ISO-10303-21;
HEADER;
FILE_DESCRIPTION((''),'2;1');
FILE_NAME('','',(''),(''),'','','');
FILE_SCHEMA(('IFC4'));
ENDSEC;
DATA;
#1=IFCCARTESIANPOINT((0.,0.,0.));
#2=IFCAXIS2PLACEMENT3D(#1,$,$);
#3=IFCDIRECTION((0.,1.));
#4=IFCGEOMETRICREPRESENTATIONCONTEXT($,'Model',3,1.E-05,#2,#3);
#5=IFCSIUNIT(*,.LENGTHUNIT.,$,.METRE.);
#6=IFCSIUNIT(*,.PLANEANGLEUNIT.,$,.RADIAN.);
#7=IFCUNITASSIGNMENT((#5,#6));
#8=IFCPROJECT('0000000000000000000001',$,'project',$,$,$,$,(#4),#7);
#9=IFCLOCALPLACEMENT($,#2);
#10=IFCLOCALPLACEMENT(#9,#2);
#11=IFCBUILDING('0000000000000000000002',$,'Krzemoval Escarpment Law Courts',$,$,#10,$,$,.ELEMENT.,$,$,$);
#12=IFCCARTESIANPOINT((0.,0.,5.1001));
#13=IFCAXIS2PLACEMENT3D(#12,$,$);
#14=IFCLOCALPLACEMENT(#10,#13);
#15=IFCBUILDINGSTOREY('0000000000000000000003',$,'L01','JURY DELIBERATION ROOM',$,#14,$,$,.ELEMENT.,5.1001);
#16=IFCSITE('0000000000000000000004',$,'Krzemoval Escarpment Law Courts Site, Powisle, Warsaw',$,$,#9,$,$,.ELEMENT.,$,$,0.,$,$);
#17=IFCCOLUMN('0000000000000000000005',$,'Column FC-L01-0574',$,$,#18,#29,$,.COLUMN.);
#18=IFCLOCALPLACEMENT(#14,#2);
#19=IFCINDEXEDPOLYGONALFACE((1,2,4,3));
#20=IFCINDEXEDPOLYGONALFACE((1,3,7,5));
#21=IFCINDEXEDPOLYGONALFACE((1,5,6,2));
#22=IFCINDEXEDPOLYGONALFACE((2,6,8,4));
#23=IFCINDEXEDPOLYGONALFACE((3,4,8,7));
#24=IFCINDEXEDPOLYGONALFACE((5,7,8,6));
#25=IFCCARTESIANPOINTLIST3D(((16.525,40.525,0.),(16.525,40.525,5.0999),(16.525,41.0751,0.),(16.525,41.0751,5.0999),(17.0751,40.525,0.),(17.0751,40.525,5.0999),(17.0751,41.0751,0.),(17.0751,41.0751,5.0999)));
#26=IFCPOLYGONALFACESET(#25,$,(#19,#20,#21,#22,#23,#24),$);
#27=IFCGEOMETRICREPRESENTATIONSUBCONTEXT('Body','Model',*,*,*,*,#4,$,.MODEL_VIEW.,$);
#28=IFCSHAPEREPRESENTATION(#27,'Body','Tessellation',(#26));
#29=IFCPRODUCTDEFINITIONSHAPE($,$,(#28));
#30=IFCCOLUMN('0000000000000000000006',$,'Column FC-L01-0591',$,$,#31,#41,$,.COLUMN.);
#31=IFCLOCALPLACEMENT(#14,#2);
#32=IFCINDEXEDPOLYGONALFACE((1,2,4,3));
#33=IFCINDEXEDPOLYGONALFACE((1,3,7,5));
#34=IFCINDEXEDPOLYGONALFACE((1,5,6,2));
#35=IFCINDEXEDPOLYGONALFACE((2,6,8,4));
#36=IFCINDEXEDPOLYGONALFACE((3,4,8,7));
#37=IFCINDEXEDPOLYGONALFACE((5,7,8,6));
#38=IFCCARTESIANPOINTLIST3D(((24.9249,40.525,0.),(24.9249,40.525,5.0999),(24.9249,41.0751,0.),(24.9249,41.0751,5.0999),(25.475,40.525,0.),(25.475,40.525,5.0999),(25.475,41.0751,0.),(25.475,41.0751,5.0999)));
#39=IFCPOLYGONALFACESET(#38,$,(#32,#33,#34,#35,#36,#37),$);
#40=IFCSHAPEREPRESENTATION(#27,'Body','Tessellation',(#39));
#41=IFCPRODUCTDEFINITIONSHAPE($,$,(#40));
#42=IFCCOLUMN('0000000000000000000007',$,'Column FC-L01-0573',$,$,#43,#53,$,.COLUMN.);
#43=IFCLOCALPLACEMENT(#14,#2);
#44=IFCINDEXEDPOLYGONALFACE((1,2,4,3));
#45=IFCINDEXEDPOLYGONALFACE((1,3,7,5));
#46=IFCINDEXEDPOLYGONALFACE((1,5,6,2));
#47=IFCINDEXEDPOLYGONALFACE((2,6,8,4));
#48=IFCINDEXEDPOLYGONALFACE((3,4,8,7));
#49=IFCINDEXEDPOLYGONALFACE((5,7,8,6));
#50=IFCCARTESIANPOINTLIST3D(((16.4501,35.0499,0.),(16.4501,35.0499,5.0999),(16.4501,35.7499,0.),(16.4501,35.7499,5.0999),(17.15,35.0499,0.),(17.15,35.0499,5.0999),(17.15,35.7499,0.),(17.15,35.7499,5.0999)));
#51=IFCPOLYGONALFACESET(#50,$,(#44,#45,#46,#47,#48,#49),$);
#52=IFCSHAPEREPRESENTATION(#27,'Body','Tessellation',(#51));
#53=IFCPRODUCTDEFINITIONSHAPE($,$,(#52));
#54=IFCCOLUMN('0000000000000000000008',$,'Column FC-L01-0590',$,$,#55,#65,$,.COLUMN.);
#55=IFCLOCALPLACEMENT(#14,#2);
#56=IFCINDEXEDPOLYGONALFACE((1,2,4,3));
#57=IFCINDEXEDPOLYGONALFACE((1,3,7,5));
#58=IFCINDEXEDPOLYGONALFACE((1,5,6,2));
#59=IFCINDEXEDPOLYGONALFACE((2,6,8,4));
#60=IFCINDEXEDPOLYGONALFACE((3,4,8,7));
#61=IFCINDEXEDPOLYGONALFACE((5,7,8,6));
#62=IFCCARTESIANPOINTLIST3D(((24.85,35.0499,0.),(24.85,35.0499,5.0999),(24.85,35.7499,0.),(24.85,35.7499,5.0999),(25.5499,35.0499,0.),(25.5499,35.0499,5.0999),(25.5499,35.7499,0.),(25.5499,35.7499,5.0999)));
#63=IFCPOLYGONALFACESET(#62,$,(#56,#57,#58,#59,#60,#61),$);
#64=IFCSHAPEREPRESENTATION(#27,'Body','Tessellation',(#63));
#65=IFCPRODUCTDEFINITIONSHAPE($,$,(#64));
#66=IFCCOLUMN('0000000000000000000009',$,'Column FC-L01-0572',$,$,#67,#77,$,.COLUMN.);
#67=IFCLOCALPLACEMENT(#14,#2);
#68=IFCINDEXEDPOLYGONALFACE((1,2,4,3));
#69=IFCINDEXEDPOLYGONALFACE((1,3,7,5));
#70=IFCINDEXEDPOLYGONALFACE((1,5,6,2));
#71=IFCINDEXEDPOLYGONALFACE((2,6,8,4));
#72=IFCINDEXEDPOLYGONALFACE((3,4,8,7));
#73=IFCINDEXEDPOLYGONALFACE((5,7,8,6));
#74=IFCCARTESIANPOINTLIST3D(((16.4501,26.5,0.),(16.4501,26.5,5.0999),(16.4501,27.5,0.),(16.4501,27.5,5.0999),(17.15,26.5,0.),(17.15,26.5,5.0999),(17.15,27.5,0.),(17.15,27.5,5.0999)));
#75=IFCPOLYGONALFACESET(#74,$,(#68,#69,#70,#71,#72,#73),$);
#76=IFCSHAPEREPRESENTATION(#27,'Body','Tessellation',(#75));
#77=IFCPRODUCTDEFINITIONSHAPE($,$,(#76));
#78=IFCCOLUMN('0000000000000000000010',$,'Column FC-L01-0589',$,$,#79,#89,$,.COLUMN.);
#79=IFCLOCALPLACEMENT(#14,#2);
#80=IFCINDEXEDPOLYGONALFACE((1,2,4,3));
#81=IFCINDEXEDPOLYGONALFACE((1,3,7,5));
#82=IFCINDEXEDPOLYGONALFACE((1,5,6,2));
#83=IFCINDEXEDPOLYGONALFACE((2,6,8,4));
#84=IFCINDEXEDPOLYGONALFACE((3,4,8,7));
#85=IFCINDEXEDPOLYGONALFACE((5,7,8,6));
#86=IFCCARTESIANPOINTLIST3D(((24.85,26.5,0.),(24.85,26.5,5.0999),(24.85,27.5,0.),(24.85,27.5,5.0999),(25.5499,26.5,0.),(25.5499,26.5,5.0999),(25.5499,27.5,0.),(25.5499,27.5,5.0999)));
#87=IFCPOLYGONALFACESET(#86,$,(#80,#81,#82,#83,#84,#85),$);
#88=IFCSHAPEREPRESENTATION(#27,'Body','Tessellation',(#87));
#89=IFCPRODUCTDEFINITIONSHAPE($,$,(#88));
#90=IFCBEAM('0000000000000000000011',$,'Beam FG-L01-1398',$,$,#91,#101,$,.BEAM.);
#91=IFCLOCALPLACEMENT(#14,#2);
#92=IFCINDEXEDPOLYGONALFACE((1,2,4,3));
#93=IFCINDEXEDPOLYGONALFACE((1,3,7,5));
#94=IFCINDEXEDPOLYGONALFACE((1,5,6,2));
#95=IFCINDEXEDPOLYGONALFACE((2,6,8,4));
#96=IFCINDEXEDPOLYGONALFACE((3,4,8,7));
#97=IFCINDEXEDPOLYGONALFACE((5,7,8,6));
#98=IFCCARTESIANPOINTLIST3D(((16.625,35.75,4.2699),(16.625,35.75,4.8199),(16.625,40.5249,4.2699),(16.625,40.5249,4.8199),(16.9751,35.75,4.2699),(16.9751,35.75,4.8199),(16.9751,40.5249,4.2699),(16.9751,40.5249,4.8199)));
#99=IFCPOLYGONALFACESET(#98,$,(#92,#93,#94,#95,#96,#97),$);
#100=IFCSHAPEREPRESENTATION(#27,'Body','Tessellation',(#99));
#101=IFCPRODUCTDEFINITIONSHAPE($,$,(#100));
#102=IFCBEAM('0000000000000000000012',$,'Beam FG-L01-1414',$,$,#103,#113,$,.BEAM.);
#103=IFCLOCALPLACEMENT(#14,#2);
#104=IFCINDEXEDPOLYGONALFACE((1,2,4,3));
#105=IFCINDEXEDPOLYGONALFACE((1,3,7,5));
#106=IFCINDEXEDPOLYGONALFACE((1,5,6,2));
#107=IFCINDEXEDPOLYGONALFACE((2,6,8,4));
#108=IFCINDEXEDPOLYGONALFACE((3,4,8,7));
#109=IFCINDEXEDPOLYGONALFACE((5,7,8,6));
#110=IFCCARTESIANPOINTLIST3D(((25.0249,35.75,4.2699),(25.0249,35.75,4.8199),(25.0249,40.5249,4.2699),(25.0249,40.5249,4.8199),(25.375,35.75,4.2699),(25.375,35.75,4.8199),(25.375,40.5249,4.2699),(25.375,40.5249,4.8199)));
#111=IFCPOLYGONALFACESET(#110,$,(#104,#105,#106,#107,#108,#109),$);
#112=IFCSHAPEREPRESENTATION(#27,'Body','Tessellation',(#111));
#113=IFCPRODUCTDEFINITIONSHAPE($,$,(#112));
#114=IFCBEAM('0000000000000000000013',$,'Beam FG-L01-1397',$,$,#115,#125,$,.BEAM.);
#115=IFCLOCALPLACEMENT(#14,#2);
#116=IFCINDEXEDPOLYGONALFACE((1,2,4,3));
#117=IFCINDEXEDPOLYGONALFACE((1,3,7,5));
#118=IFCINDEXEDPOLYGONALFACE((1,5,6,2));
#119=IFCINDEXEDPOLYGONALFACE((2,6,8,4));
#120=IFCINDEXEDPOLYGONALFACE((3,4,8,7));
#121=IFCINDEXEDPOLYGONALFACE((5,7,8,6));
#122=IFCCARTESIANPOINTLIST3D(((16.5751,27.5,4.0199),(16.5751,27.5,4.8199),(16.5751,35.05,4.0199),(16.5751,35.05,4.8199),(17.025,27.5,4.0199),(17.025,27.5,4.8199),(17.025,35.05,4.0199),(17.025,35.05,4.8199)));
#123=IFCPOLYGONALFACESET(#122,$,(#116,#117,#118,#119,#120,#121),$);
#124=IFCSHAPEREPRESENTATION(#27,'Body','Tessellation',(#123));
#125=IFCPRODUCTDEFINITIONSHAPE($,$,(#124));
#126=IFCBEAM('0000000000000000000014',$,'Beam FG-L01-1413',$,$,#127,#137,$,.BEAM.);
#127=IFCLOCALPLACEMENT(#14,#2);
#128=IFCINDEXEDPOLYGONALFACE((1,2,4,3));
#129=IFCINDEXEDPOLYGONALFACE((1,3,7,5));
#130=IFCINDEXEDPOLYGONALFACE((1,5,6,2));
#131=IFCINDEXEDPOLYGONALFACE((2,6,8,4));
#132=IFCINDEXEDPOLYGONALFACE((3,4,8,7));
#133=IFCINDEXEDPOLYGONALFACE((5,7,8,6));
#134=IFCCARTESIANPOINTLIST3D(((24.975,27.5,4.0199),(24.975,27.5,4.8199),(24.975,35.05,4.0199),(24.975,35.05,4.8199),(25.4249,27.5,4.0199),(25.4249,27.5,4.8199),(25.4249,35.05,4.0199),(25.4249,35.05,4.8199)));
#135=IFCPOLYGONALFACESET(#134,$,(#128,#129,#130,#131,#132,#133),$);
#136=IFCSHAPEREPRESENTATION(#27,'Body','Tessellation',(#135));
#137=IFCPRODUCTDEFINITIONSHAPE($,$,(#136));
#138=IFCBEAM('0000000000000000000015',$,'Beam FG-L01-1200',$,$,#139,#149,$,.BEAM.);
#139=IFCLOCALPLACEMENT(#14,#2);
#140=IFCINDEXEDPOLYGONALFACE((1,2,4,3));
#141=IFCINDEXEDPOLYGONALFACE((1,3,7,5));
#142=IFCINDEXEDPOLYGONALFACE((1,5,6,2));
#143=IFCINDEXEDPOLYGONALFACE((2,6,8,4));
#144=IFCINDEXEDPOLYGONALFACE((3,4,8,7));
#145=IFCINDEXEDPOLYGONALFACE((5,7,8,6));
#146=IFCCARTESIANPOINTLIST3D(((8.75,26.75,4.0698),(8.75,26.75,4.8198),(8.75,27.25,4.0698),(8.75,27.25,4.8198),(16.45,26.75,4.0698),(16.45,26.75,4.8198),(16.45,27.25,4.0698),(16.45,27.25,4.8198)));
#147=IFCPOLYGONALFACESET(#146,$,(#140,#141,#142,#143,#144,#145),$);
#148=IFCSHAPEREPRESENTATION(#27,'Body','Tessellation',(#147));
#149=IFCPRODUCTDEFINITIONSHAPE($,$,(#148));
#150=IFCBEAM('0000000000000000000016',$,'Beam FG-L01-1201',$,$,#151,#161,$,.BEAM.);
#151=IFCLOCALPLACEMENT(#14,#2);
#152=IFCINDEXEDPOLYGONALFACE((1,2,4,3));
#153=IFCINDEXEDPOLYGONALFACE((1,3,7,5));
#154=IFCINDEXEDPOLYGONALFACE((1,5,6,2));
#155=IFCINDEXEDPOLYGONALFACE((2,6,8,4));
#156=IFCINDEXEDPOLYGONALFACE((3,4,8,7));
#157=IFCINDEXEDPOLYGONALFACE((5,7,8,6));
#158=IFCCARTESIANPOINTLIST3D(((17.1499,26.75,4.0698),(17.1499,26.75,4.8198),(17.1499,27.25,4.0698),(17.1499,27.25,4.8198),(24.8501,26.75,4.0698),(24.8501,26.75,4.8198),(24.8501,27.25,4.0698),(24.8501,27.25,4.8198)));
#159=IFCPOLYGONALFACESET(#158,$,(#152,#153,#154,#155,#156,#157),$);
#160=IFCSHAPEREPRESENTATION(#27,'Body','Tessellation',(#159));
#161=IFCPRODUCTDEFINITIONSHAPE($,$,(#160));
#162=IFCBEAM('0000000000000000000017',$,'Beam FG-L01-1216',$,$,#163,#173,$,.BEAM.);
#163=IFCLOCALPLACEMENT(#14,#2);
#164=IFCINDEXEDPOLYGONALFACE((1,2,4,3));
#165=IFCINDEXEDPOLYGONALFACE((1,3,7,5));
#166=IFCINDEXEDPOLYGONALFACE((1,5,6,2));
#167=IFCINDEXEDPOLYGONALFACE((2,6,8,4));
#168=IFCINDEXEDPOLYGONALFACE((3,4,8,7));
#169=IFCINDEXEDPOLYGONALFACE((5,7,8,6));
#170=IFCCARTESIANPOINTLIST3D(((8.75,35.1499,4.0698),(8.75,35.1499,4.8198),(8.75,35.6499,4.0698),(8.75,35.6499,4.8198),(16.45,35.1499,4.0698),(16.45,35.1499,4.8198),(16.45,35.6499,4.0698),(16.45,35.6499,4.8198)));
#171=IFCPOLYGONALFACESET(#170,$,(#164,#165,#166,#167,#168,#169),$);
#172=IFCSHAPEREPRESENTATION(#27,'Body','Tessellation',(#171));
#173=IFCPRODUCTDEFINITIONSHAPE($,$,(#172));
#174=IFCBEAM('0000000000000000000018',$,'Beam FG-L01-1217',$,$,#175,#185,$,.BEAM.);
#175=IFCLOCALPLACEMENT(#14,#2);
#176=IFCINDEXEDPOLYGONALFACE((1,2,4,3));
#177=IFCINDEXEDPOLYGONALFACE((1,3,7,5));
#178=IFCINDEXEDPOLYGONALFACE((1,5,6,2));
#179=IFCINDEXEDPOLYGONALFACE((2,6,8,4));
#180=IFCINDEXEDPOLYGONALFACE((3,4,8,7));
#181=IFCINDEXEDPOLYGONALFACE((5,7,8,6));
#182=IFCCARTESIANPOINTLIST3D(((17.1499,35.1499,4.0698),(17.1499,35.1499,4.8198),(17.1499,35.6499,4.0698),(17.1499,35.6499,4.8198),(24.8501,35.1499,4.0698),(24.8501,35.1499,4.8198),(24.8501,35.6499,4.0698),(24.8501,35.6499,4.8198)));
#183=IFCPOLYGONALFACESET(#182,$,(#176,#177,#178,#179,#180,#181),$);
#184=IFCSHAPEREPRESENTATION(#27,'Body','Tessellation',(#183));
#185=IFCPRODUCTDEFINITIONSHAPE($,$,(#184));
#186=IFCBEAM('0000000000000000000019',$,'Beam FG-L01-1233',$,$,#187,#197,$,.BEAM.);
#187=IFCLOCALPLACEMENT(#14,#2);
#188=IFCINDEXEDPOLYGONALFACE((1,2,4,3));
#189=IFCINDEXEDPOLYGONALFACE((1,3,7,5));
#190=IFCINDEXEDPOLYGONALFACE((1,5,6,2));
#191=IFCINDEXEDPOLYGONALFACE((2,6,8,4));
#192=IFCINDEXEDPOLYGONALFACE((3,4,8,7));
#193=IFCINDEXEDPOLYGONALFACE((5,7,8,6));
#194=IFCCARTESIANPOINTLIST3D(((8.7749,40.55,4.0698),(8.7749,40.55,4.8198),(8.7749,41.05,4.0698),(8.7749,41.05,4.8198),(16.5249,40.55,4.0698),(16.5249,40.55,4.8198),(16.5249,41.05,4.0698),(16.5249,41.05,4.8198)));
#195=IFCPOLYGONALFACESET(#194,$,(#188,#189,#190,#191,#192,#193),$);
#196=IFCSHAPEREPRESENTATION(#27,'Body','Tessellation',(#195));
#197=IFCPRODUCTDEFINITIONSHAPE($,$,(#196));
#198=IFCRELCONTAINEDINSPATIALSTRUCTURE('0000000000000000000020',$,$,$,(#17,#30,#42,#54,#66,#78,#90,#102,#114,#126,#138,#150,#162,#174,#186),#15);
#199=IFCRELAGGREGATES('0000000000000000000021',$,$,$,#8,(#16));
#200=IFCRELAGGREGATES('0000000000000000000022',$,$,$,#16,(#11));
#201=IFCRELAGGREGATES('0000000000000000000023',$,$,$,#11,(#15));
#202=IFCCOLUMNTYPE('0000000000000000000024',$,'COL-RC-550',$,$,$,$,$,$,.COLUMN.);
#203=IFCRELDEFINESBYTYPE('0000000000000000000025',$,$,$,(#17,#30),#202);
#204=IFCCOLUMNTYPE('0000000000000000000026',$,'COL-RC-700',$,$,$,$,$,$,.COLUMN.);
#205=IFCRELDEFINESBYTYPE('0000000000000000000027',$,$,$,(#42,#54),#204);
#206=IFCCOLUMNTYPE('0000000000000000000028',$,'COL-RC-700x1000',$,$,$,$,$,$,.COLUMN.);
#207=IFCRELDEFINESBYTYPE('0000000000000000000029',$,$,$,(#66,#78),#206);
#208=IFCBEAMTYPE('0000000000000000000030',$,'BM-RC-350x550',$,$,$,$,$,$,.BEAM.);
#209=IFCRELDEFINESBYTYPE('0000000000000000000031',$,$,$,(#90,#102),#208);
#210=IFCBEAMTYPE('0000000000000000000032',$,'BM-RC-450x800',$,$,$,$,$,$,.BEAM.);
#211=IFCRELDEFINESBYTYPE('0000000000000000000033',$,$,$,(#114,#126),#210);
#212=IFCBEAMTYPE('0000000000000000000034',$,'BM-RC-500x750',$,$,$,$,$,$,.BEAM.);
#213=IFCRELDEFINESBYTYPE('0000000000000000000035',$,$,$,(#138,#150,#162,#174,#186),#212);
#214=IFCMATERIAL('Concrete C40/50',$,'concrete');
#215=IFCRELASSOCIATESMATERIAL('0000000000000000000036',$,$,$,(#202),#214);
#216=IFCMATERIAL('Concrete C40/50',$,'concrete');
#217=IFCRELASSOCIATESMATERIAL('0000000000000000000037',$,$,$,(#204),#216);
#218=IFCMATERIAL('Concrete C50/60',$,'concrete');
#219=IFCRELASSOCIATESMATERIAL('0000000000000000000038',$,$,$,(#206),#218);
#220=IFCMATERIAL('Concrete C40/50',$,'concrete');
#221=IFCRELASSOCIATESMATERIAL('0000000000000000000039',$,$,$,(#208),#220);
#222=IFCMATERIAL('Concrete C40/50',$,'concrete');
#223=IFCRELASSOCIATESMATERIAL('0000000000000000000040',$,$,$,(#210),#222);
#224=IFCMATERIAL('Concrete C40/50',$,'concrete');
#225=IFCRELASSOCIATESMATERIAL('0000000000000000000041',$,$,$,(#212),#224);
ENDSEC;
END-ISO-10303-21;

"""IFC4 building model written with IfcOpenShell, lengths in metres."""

from ifc_helpers import new_model, si_unit, direction, frame, origin, origin_2d, place, context, subcontext, project, spatial, rectangle, extrude, material, material_profile, profile_set, type_object, element, save


model = new_model("IFC4")

# Units and contexts
model_context = context("Model", 3, precision=1e-05, world=origin(), true_north=direction((0.0, 1.0)))
body_context = subcontext(model_context, "Body", "Model", "MODEL_VIEW")
ifc_project = project(units=[si_unit("LENGTHUNIT", "METRE"), si_unit("PLANEANGLEUNIT", "RADIAN")], contexts=[model_context])

# Site, building, storey
site_placement = place(None, origin())
site = spatial("IfcSite", under=ifc_project, at=site_placement, Name="Krzemoval Escarpment Law Courts Site, Powisle, Warsaw", CompositionType="ELEMENT", RefElevation=0.0)
building_placement = place(site_placement, origin())
building = spatial("IfcBuilding", under=site, at=building_placement, Name="Krzemoval Escarpment Law Courts", CompositionType="ELEMENT")
storey_placement = place(building_placement, frame((0.0, 0.0, 5.1001)))
storey = spatial("IfcBuildingStorey", under=building, at=storey_placement, Name="L01", Description="JURY DELIBERATION ROOM", CompositionType="ELEMENT", Elevation=5.1001)

# Columns
ifc_material_1 = material(Name="Concrete C40/50", Category="concrete")
ifc_material_profile_1 = material_profile(ifc_material_1, rectangle(XDim=0.55, YDim=0.55, at=origin_2d()), Name="RC 550x550")
ifc_profile_set_1 = profile_set([ifc_material_profile_1], Name="Concrete C40/50")
column_type_1 = type_object("IfcColumnType", Name="COL-RC-550", PredefinedType="COLUMN", material=ifc_profile_set_1)
for number, where, z_axis, x_axis, name in (
    (1, (16.8, 40.8, 0.0), (0.0, 0.0, 1.0), (1.0, 0.0, 0.0), "Column FC-L01-0574"),
    (2, (25.2, 40.8, 0.0), (0.0, 0.0, 1.0), (1.0, 0.0, 0.0), "Column FC-L01-0591"),
):
    element("IfcColumn", number, at=place(storey_placement, frame(where, z_axis=z_axis, x_axis=x_axis)), inside=storey, type_object=column_type_1, Name=name, PredefinedType="COLUMN", context=body_context, shape_type="SweptSolid", body=[
        extrude(rectangle(XDim=0.55, YDim=0.55, at=origin_2d()), origin(), (0.0, 0.0, 1.0), 5.0999),
    ])
ifc_material_2 = material(Name="Concrete C40/50", Category="concrete")
ifc_material_profile_2 = material_profile(ifc_material_2, rectangle(XDim=0.7, YDim=0.7, at=origin_2d()), Name="RC 700x700")
ifc_profile_set_2 = profile_set([ifc_material_profile_2], Name="Concrete C40/50")
column_type_2 = type_object("IfcColumnType", Name="COL-RC-700", PredefinedType="COLUMN", material=ifc_profile_set_2)
for number, where, z_axis, x_axis, name in (
    (3, (16.8, 35.3999, 0.0), (0.0, 0.0, 1.0), (1.0, 0.0, 0.0), "Column FC-L01-0573"),
    (4, (25.2, 35.3999, 0.0), (0.0, 0.0, 1.0), (1.0, 0.0, 0.0), "Column FC-L01-0590"),
):
    element("IfcColumn", number, at=place(storey_placement, frame(where, z_axis=z_axis, x_axis=x_axis)), inside=storey, type_object=column_type_2, Name=name, PredefinedType="COLUMN", context=body_context, shape_type="SweptSolid", body=[
        extrude(rectangle(XDim=0.7, YDim=0.7, at=origin_2d()), origin(), (0.0, 0.0, 1.0), 5.0999),
    ])
ifc_material_3 = material(Name="Concrete C50/60", Category="concrete")
ifc_material_profile_3 = material_profile(ifc_material_3, rectangle(XDim=0.7, YDim=1.0, at=origin_2d()), Name="RC 700x1000")
ifc_profile_set_3 = profile_set([ifc_material_profile_3], Name="Concrete C50/60")
column_type_3 = type_object("IfcColumnType", Name="COL-RC-700x1000", PredefinedType="COLUMN", material=ifc_profile_set_3)
for number, where, z_axis, x_axis, name in (
    (5, (16.8, 27.0, 0.0), (0.0, 0.0, 1.0), (1.0, 0.0, 0.0), "Column FC-L01-0572"),
    (6, (25.2, 27.0, 0.0), (0.0, 0.0, 1.0), (1.0, 0.0, 0.0), "Column FC-L01-0589"),
):
    element("IfcColumn", number, at=place(storey_placement, frame(where, z_axis=z_axis, x_axis=x_axis)), inside=storey, type_object=column_type_3, Name=name, PredefinedType="COLUMN", context=body_context, shape_type="SweptSolid", body=[
        extrude(rectangle(XDim=0.7, YDim=1.0, at=origin_2d()), origin(), (0.0, 0.0, 1.0), 5.0999),
    ])

# Beams
ifc_material_4 = material(Name="Concrete C40/50", Category="concrete")
ifc_material_profile_4 = material_profile(ifc_material_4, rectangle(XDim=0.3501, YDim=0.55, at=origin_2d()), Name="RCB 350x550")
ifc_profile_set_4 = profile_set([ifc_material_profile_4], Name="Concrete C40/50")
beam_type_1 = type_object("IfcBeamType", Name="BM-RC-350x550", PredefinedType="BEAM", material=ifc_profile_set_4)
for number, where, z_axis, x_axis, name in (
    (7, (16.8, 35.75, 4.5449), (0.0, 1.0, 0.0), (-1.0, 0.0, 0.0), "Beam FG-L01-1398"),
    (8, (25.2, 35.75, 4.5449), (0.0, 1.0, 0.0), (-1.0, 0.0, 0.0), "Beam FG-L01-1414"),
):
    element("IfcBeam", number, at=place(storey_placement, frame(where, z_axis=z_axis, x_axis=x_axis)), inside=storey, type_object=beam_type_1, Name=name, PredefinedType="BEAM", context=body_context, shape_type="SweptSolid", body=[
        extrude(rectangle(XDim=0.3501, YDim=0.55, at=origin_2d()), origin(), (0.0, 0.0, 1.0), 4.7749),
    ])
ifc_material_5 = material(Name="Concrete C40/50", Category="concrete")
ifc_material_profile_5 = material_profile(ifc_material_5, rectangle(XDim=0.45, YDim=0.8, at=origin_2d()), Name="RCB 450x800")
ifc_profile_set_5 = profile_set([ifc_material_profile_5], Name="Concrete C40/50")
beam_type_2 = type_object("IfcBeamType", Name="BM-RC-450x800", PredefinedType="BEAM", material=ifc_profile_set_5)
for number, where, z_axis, x_axis, name in (
    (9, (16.8, 27.5, 4.4199), (0.0, 1.0, 0.0), (-1.0, 0.0, 0.0), "Beam FG-L01-1397"),
    (10, (25.2, 27.5, 4.4199), (0.0, 1.0, 0.0), (-1.0, 0.0, 0.0), "Beam FG-L01-1413"),
):
    element("IfcBeam", number, at=place(storey_placement, frame(where, z_axis=z_axis, x_axis=x_axis)), inside=storey, type_object=beam_type_2, Name=name, PredefinedType="BEAM", context=body_context, shape_type="SweptSolid", body=[
        extrude(rectangle(XDim=0.45, YDim=0.8, at=origin_2d()), origin(), (0.0, 0.0, 1.0), 7.55),
    ])
ifc_material_6 = material(Name="Concrete C40/50", Category="concrete")
ifc_material_profile_6 = material_profile(ifc_material_6, rectangle(XDim=0.5, YDim=0.75, at=origin_2d()), Name="RCB 500x750")
ifc_profile_set_6 = profile_set([ifc_material_profile_6], Name="Concrete C40/50")
beam_type_3 = type_object("IfcBeamType", Name="BM-RC-500x750", PredefinedType="BEAM", material=ifc_profile_set_6)
beam_1_placement = place(storey_placement, frame((8.75, 27.0, 4.4448), z_axis=(1.0, 0.0, 0.0), x_axis=(0.0, 1.0, 0.0)))
element("IfcBeam", 11, at=beam_1_placement, inside=storey, type_object=beam_type_3, Name="Beam FG-L01-1200", PredefinedType="BEAM", context=body_context, shape_type="SweptSolid", body=[
    extrude(rectangle(XDim=0.5, YDim=0.75, at=origin_2d()), origin(), (0.0, 0.0, 1.0), 7.7),
])
beam_2_placement = place(storey_placement, frame((17.1499, 27.0, 4.4448), z_axis=(1.0, 0.0, 0.0), x_axis=(0.0, 1.0, 0.0)))
element("IfcBeam", 12, at=beam_2_placement, inside=storey, type_object=beam_type_3, Name="Beam FG-L01-1201", PredefinedType="BEAM", context=body_context, shape_type="SweptSolid", body=[
    extrude(rectangle(XDim=0.5, YDim=0.75, at=origin_2d()), origin(), (0.0, 0.0, 1.0), 7.7002),
])
beam_3_placement = place(storey_placement, frame((8.75, 35.3999, 4.4448), z_axis=(1.0, 0.0, 0.0), x_axis=(0.0, 1.0, 0.0)))
element("IfcBeam", 13, at=beam_3_placement, inside=storey, type_object=beam_type_3, Name="Beam FG-L01-1216", PredefinedType="BEAM", context=body_context, shape_type="SweptSolid", body=[
    extrude(rectangle(XDim=0.5, YDim=0.75, at=origin_2d()), origin(), (0.0, 0.0, 1.0), 7.7),
])
beam_4_placement = place(storey_placement, frame((17.1499, 35.3999, 4.4448), z_axis=(1.0, 0.0, 0.0), x_axis=(0.0, 1.0, 0.0)))
element("IfcBeam", 14, at=beam_4_placement, inside=storey, type_object=beam_type_3, Name="Beam FG-L01-1217", PredefinedType="BEAM", context=body_context, shape_type="SweptSolid", body=[
    extrude(rectangle(XDim=0.5, YDim=0.75, at=origin_2d()), origin(), (0.0, 0.0, 1.0), 7.7002),
])
beam_5_placement = place(storey_placement, frame((8.7749, 40.8, 4.4448), z_axis=(1.0, 0.0, 0.0), x_axis=(0.0, 1.0, 0.0)))
element("IfcBeam", 15, at=beam_5_placement, inside=storey, type_object=beam_type_3, Name="Beam FG-L01-1233", PredefinedType="BEAM", context=body_context, shape_type="SweptSolid", body=[
    extrude(rectangle(XDim=0.5, YDim=0.75, at=origin_2d()), origin(), (0.0, 0.0, 1.0), 7.75),
])

save(model, "model.ifc")
